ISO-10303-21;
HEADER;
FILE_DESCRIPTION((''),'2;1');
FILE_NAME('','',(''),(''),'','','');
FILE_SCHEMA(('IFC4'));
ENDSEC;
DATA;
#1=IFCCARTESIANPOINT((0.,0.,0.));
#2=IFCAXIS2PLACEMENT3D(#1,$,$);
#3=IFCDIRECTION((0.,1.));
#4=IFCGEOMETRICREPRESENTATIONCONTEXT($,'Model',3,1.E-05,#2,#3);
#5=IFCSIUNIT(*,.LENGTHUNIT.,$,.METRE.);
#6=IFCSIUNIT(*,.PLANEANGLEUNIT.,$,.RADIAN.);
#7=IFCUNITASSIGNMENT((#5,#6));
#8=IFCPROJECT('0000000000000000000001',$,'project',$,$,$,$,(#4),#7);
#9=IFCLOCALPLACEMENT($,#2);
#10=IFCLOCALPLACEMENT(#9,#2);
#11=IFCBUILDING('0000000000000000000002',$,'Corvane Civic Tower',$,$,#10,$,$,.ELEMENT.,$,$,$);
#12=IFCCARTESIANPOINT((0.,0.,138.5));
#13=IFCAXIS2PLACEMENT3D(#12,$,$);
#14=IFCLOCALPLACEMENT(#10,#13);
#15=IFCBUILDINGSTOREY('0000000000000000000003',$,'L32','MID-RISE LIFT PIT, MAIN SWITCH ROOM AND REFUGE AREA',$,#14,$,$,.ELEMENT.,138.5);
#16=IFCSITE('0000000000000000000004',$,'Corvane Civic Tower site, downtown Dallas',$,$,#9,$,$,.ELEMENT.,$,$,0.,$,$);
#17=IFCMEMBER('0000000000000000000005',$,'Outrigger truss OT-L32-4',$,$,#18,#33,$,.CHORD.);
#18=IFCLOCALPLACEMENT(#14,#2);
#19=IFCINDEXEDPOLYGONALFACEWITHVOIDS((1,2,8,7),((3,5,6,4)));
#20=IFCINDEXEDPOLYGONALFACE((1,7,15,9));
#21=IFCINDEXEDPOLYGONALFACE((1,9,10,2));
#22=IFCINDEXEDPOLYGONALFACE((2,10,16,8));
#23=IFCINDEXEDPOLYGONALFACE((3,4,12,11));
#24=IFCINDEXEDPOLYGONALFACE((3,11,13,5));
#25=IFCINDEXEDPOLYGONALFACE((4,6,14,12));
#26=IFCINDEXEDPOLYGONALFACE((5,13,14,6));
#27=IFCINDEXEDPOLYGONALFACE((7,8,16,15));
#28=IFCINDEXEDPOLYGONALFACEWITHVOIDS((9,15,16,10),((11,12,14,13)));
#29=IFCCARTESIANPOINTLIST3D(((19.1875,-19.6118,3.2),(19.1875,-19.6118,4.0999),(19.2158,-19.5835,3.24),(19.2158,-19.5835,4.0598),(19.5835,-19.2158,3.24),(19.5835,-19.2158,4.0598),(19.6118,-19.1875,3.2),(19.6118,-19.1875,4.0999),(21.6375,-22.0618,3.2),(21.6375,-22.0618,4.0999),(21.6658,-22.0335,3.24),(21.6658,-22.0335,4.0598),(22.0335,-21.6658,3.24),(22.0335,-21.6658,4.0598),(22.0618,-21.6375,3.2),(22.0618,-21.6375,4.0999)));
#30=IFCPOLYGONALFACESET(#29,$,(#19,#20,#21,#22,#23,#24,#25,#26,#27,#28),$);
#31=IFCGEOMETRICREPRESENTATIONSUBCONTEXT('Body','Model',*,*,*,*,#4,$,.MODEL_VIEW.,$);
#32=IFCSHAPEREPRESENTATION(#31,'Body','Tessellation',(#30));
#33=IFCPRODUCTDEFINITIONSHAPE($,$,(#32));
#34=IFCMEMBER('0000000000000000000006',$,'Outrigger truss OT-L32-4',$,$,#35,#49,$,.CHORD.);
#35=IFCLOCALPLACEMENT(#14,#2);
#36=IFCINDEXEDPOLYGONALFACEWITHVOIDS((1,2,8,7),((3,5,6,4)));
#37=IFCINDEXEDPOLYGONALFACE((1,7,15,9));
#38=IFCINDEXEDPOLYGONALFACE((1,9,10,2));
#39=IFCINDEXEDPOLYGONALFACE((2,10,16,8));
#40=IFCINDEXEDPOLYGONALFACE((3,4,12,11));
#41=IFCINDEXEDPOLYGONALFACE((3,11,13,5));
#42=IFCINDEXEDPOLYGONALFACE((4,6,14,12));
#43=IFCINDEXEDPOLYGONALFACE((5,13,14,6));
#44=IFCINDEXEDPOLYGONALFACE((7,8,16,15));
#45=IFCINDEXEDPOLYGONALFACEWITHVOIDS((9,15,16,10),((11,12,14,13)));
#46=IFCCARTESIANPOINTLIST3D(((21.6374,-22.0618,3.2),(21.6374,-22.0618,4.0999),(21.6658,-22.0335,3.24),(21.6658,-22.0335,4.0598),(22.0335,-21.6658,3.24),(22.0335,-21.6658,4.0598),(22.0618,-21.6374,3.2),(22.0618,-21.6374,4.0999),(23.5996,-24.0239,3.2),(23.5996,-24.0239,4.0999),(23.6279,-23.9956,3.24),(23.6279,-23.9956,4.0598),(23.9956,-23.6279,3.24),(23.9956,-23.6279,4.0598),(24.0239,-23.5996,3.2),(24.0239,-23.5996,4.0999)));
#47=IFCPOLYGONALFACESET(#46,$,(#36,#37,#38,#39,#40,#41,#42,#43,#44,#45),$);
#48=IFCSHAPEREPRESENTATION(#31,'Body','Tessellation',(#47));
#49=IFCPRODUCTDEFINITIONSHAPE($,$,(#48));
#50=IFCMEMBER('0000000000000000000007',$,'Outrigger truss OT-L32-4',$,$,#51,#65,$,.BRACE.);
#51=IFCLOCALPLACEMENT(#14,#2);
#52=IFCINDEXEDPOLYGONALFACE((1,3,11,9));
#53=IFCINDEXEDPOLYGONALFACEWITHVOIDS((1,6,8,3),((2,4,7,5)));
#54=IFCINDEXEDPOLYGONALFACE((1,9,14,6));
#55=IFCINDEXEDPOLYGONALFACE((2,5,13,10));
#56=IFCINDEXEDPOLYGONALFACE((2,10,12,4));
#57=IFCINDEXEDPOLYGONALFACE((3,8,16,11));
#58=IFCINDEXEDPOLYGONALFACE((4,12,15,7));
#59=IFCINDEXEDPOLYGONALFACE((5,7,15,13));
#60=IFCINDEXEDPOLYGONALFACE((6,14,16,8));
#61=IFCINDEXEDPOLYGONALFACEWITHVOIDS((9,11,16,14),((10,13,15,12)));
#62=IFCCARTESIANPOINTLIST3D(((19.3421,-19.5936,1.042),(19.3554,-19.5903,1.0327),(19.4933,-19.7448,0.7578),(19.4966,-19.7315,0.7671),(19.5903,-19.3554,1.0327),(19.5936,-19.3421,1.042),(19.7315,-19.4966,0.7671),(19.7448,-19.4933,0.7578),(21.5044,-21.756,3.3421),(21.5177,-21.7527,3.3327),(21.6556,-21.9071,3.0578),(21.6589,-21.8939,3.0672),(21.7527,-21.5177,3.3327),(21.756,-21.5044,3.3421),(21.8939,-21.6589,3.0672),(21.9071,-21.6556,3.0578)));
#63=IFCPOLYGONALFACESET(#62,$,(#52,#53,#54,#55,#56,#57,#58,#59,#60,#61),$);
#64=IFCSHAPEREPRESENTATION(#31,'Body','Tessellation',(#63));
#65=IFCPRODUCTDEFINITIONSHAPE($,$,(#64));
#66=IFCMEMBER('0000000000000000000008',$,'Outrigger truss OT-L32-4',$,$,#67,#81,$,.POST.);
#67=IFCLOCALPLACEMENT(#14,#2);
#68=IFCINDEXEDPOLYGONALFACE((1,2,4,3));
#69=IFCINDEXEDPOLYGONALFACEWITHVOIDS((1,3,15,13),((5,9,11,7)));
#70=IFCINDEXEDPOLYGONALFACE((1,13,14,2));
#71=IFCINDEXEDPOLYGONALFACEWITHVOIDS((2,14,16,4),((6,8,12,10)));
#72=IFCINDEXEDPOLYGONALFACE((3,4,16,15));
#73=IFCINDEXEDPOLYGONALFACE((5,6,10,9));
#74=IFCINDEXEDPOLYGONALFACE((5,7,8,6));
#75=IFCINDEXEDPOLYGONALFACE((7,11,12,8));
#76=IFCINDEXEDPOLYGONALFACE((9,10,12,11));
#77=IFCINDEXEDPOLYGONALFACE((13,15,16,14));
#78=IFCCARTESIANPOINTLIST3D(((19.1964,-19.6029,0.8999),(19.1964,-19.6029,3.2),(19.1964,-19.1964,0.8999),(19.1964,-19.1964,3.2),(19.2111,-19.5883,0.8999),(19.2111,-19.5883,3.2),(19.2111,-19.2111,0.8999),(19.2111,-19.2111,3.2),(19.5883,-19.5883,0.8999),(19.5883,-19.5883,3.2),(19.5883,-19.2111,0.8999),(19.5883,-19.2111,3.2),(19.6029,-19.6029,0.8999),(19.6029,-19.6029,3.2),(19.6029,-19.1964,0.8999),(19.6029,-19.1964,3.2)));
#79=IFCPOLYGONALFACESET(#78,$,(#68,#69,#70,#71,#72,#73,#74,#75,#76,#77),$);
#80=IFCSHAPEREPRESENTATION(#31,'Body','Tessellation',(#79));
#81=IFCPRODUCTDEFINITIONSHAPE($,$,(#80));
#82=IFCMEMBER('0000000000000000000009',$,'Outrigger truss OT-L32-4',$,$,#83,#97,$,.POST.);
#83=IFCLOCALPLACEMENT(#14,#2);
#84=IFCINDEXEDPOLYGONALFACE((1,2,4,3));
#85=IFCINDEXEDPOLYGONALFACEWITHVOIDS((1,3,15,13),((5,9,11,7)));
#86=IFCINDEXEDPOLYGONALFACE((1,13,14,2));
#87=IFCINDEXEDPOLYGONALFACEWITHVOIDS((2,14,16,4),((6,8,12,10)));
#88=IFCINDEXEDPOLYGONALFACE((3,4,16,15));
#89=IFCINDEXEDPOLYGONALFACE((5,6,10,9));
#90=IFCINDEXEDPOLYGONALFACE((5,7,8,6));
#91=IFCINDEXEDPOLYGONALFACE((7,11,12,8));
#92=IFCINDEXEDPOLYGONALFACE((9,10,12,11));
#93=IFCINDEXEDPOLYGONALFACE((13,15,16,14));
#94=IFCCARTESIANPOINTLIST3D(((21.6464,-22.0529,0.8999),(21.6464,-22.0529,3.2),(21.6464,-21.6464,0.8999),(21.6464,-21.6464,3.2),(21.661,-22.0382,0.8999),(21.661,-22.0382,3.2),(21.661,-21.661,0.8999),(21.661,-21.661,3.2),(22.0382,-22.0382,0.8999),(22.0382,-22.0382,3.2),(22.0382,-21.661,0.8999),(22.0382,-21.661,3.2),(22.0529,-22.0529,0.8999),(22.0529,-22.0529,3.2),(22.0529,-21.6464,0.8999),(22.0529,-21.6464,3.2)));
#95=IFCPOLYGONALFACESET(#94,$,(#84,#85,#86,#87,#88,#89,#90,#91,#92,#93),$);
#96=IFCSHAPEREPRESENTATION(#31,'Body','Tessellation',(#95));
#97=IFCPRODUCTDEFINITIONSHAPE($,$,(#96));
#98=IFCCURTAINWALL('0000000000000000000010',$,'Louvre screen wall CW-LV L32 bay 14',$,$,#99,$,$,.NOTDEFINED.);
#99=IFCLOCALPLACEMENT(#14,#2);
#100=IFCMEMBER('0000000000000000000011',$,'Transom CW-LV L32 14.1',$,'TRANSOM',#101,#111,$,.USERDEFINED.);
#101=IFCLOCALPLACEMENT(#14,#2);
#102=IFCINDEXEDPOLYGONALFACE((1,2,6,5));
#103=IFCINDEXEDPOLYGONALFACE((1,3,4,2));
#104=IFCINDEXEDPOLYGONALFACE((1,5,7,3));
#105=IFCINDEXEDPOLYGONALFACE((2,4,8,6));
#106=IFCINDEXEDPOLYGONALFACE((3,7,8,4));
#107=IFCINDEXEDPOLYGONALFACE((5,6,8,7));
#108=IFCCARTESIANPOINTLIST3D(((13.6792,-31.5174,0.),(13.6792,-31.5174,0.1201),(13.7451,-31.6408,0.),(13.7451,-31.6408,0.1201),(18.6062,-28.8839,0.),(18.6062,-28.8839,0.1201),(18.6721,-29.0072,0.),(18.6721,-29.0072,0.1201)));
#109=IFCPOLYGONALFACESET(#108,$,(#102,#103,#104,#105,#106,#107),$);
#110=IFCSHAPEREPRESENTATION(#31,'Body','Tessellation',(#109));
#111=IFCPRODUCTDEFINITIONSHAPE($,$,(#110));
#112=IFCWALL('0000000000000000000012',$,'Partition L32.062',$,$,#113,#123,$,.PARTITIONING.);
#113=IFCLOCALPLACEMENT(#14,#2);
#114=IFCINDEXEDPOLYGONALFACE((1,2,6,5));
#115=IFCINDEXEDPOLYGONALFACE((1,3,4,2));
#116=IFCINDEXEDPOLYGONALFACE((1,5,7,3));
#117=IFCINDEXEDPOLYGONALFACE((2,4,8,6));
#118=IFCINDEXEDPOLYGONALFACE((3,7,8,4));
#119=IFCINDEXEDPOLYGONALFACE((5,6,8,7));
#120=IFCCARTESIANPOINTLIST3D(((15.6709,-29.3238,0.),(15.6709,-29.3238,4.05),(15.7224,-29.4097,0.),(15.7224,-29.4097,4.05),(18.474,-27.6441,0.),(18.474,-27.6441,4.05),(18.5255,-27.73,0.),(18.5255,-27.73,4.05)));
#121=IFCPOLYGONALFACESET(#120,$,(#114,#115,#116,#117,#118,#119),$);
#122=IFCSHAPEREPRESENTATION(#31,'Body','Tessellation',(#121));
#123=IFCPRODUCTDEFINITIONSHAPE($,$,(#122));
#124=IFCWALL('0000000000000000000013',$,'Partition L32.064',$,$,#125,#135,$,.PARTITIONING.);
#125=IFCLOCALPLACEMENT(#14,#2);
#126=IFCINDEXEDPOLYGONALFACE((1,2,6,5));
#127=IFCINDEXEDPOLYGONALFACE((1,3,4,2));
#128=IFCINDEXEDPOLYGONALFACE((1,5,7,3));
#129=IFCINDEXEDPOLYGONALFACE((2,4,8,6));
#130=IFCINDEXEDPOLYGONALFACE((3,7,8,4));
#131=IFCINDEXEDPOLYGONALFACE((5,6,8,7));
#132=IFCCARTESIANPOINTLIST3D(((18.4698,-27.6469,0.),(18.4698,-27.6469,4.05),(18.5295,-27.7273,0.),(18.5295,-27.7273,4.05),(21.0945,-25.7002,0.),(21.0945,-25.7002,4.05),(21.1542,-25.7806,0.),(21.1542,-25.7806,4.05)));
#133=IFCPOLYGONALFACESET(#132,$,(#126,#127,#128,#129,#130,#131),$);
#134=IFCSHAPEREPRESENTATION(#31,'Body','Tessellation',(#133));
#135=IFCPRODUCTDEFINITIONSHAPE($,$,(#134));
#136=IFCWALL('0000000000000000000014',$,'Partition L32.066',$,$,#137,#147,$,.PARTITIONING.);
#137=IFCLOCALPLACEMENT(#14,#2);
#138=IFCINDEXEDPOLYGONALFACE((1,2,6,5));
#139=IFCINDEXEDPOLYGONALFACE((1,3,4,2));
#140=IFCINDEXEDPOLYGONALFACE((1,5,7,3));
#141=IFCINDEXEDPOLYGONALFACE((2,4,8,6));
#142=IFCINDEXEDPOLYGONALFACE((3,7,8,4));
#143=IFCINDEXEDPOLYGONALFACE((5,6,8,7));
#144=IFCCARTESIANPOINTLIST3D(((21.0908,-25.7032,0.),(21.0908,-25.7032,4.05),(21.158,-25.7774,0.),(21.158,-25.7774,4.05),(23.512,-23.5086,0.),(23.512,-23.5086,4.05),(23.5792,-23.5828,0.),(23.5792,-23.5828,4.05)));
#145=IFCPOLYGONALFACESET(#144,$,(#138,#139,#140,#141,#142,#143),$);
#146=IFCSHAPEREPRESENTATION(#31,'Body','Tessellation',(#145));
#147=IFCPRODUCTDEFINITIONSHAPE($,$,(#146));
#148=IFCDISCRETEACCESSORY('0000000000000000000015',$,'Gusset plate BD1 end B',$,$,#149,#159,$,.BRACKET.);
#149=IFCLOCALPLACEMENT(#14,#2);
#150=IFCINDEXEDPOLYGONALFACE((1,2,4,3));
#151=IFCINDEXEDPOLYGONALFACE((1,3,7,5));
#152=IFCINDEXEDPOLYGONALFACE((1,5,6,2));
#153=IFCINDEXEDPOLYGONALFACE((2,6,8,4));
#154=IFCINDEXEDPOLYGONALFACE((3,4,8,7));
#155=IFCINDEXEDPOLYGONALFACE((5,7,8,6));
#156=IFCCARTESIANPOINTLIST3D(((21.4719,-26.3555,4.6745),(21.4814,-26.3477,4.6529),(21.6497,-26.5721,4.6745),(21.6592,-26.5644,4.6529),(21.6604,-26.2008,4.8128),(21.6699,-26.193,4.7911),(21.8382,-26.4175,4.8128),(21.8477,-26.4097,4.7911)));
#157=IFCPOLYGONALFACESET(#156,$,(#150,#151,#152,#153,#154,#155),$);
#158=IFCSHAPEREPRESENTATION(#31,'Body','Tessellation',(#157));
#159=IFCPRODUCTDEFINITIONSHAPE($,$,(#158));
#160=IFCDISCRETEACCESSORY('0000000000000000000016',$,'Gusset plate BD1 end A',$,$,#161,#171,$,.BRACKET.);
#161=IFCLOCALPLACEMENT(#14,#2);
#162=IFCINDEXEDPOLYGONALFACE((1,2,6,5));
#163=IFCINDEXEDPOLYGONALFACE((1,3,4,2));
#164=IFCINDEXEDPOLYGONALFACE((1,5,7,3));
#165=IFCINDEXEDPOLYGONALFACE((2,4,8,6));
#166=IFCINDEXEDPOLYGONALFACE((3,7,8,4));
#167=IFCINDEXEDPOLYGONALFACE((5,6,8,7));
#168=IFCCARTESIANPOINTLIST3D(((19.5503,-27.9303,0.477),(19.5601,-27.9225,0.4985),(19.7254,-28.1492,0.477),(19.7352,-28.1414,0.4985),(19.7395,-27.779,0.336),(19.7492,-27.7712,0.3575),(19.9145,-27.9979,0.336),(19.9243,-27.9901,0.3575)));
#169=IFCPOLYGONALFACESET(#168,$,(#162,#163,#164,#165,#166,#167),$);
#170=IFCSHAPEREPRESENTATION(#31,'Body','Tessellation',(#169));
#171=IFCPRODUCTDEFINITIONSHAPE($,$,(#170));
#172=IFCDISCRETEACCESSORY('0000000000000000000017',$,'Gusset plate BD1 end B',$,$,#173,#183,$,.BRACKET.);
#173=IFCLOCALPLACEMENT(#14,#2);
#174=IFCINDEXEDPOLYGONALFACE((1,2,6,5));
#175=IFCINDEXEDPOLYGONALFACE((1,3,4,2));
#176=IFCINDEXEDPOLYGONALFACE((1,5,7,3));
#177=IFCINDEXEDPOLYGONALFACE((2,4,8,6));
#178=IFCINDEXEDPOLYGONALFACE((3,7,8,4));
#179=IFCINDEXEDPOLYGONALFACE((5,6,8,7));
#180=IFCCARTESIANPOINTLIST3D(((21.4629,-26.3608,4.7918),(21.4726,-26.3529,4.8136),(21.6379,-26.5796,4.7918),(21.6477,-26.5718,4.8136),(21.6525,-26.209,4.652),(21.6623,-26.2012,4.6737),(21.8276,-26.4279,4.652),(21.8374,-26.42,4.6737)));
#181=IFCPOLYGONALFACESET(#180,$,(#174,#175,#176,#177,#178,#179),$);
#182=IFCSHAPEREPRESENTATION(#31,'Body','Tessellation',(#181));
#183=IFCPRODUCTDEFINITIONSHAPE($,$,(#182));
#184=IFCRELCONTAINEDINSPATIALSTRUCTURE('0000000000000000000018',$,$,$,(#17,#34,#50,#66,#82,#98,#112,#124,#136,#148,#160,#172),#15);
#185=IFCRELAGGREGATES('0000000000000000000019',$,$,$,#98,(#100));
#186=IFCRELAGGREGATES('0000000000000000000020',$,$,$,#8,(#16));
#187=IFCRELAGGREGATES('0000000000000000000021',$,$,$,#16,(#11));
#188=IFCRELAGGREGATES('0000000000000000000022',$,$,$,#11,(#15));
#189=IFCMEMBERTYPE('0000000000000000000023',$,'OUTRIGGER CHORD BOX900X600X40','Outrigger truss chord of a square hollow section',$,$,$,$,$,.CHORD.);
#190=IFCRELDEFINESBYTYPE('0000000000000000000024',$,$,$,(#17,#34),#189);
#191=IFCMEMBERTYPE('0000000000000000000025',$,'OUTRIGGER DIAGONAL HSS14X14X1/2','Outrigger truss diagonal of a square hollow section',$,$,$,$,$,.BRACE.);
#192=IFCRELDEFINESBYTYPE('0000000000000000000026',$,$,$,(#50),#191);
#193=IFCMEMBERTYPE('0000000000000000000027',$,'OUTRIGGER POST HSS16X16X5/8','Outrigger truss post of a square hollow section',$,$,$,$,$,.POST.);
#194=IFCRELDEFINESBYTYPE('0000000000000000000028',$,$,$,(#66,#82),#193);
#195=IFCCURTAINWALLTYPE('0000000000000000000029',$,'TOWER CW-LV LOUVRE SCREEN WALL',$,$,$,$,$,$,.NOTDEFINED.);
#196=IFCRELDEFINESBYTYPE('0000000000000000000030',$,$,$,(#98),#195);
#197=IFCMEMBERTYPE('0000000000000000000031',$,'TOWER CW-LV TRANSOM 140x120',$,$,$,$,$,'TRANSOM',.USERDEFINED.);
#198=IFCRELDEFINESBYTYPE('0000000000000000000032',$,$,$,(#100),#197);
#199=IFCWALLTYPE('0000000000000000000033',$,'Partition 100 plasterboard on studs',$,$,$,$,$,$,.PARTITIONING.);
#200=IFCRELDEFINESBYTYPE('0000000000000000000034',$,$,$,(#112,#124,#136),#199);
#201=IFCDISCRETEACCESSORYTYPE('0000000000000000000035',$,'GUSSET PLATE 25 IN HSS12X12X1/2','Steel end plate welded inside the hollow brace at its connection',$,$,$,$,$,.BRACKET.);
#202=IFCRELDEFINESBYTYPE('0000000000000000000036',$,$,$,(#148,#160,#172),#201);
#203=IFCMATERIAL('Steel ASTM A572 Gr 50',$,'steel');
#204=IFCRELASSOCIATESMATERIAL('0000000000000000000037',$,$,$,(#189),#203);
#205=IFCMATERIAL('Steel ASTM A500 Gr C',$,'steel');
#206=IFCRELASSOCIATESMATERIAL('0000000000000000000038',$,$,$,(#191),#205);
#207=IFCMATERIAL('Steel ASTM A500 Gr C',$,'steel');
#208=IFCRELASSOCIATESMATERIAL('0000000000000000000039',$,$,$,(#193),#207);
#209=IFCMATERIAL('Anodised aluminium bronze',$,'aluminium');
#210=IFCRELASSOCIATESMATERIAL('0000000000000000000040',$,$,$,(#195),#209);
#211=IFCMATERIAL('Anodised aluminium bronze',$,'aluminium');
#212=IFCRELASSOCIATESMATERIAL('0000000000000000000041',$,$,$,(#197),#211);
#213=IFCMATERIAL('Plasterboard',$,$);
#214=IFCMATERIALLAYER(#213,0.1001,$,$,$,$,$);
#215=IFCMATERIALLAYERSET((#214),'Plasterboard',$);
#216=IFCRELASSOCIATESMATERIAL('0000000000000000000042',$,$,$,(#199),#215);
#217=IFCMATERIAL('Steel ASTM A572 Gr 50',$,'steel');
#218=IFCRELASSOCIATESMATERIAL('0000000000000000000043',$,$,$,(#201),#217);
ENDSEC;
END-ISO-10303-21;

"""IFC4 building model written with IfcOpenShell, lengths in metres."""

from ifc_helpers import new_model, si_unit, direction, frame, frame_2d, origin, origin_2d, place, context, subcontext, project, spatial, rectangle, hollow_rectangle, extrude, material, layer, layer_set, material_profile, profile_set, type_object, element, aggregate, save


model = new_model("IFC4")

# Units and contexts
model_context = context("Model", 3, precision=1e-05, world=origin(), true_north=direction((0.0, 1.0)))
body_context = subcontext(model_context, "Body", "Model", "MODEL_VIEW")
ifc_project = project(units=[si_unit("LENGTHUNIT", "METRE"), si_unit("PLANEANGLEUNIT", "RADIAN")], contexts=[model_context])

# Site, building, storey
site_placement = place(None, origin())
site = spatial("IfcSite", under=ifc_project, at=site_placement, Name="Corvane Civic Tower site, downtown Dallas", CompositionType="ELEMENT", RefElevation=0.0)
building_placement = place(site_placement, origin())
building = spatial("IfcBuilding", under=site, at=building_placement, Name="Corvane Civic Tower", CompositionType="ELEMENT")
storey_placement = place(building_placement, frame((0.0, 0.0, 138.5)))
storey = spatial("IfcBuildingStorey", under=building, at=storey_placement, Name="L32", Description="MID-RISE LIFT PIT, MAIN SWITCH ROOM AND REFUGE AREA", CompositionType="ELEMENT", Elevation=138.5)

# Members
ifc_material_1 = material(Name="Steel ASTM A572 Gr 50", Category="steel")
ifc_material_profile_1 = material_profile(ifc_material_1, hollow_rectangle(XDim=0.6001, YDim=0.8999, WallThickness=0.04, at=origin_2d()), Name="BOX900X600X40")
ifc_profile_set_1 = profile_set([ifc_material_profile_1], Name="Steel ASTM A572 Gr 50")
member_type_1 = type_object("IfcMemberType", Name="OUTRIGGER CHORD BOX900X600X40", Description="Outrigger truss chord of a square hollow section", PredefinedType="CHORD", material=ifc_profile_set_1)
member_1_placement = place(storey_placement, frame((19.3997, -19.3997, 3.6499), z_axis=(0.707107, -0.707107, 0.0), x_axis=(0.707107, 0.707107, 0.0)))
element("IfcMember", 1, at=member_1_placement, inside=storey, type_object=member_type_1, Name="Outrigger truss OT-L32-4", PredefinedType="CHORD", context=body_context, shape_type="SweptSolid", body=[
    extrude(hollow_rectangle(XDim=0.6001, YDim=0.8999, WallThickness=0.04, at=origin_2d()), origin(), (0.0, 0.0, 1.0), 3.4648),
])
member_2_placement = place(storey_placement, frame((21.8496, -21.8496, 3.6499), z_axis=(0.707107, -0.707107, 0.0), x_axis=(0.707107, 0.707107, 0.0)))
element("IfcMember", 2, at=member_2_placement, inside=storey, type_object=member_type_1, Name="Outrigger truss OT-L32-4", PredefinedType="CHORD", context=body_context, shape_type="SweptSolid", body=[
    extrude(hollow_rectangle(XDim=0.6001, YDim=0.8999, WallThickness=0.04, at=origin_2d()), origin(), (0.0, 0.0, 1.0), 2.7749),
])
ifc_material_2 = material(Name="Steel ASTM A500 Gr C", Category="steel")
ifc_material_profile_2 = material_profile(ifc_material_2, hollow_rectangle(XDim=0.3557, YDim=0.3557, WallThickness=0.0117, at=origin_2d()), Name="HSS14X14X1/2")
ifc_profile_set_2 = profile_set([ifc_material_profile_2], Name="Steel ASTM A500 Gr C")
member_type_2 = type_object("IfcMemberType", Name="OUTRIGGER DIAGONAL HSS14X14X1/2", Description="Outrigger truss diagonal of a square hollow section", PredefinedType="BRACE", material=ifc_profile_set_2)
member_3_placement = place(storey_placement, frame((19.5435, -19.5435, 0.8999), z_axis=(0.565106, -0.565106, 0.601091), x_axis=(0.707107, 0.707107, 0.0)))
element("IfcMember", 3, at=member_3_placement, inside=storey, type_object=member_type_2, Name="Outrigger truss OT-L32-4", PredefinedType="BRACE", context=body_context, shape_type="SweptSolid", body=[
    extrude(hollow_rectangle(XDim=0.3557, YDim=0.3557, WallThickness=0.0117, at=origin_2d()), origin(), (0.0, 0.0, 1.0), 3.8264),
])
ifc_material_3 = material(Name="Steel ASTM A500 Gr C", Category="steel")
ifc_material_profile_3 = material_profile(ifc_material_3, hollow_rectangle(XDim=0.4065, YDim=0.4065, WallThickness=0.0146, at=origin_2d()), Name="HSS16X16X5/8")
ifc_profile_set_3 = profile_set([ifc_material_profile_3], Name="Steel ASTM A500 Gr C")
member_type_3 = type_object("IfcMemberType", Name="OUTRIGGER POST HSS16X16X5/8", Description="Outrigger truss post of a square hollow section", PredefinedType="POST", material=ifc_profile_set_3)
for number, where, z_axis, x_axis, name in (
    (4, (19.3997, -19.3997, 0.8999), (0.0, 0.0, 1.0), (1.0, 0.0, 0.0), "Outrigger truss OT-L32-4"),
    (5, (21.8496, -21.8496, 0.8999), (0.0, 0.0, 1.0), (1.0, 0.0, 0.0), "Outrigger truss OT-L32-4"),
):
    element("IfcMember", number, at=place(storey_placement, frame(where, z_axis=z_axis, x_axis=x_axis)), inside=storey, type_object=member_type_3, Name=name, PredefinedType="POST", context=body_context, shape_type="SweptSolid", body=[
        extrude(hollow_rectangle(XDim=0.4065, YDim=0.4065, WallThickness=0.0146, at=origin_2d()), origin(), (0.0, 0.0, 1.0), 2.3),
    ])

# Curtain wall, member
ifc_material_4 = material(Name="Anodised aluminium bronze", Category="aluminium")
curtain_wall_type = type_object("IfcCurtainWallType", Name="TOWER CW-LV LOUVRE SCREEN WALL", PredefinedType="NOTDEFINED", material=ifc_material_4)
curtain_wall_placement = place(storey_placement, origin())
curtain_wall = element("IfcCurtainWall", 6, at=curtain_wall_placement, inside=storey, type_object=curtain_wall_type, Name="Louvre screen wall CW-LV L32 bay 14", PredefinedType="NOTDEFINED")
ifc_material_5 = material(Name="Anodised aluminium bronze", Category="aluminium")
ifc_material_profile_4 = material_profile(ifc_material_5, rectangle(XDim=0.1399, YDim=0.1201, at=origin_2d()), Name="TOWER CW-LV TRANSOM 140x120")
ifc_profile_set_4 = profile_set([ifc_material_profile_4], Name="Anodised aluminium bronze")
member_type_4 = type_object("IfcMemberType", Name="TOWER CW-LV TRANSOM 140x120", ElementType="TRANSOM", PredefinedType="USERDEFINED", material=ifc_profile_set_4)
member_4_placement = place(storey_placement, frame((18.6392, -28.9456, 0.0601), z_axis=(-0.881921, -0.471398, 0.0), x_axis=(0.471398, -0.881921, 0.0)))
member_4 = element("IfcMember", 7, at=member_4_placement, type_object=member_type_4, Name="Transom CW-LV L32 14.1", ObjectType="TRANSOM", PredefinedType="USERDEFINED", context=body_context, shape_type="SweptSolid", body=[
    extrude(rectangle(XDim=0.1399, YDim=0.1201, at=origin_2d()), origin(), (0.0, 0.0, 1.0), 5.5867),
])

# Walls
ifc_material_6 = material(Name="Plasterboard")
ifc_layer = layer(ifc_material_6, 0.1001)
ifc_layer_set = layer_set([ifc_layer], Name="Plasterboard")
wall_type = type_object("IfcWallType", Name="Partition 100 plasterboard on studs", PredefinedType="PARTITIONING", material=ifc_layer_set)
for number, where, z_axis, x_axis, name in (
    (8, (15.6968, -29.3667, 0.0), (0.0, 0.0, 1.0), (0.857776, 0.514023, 0.0), "Partition L32.062"),
    (9, (18.4998, -27.687, 0.0), (0.0, 0.0, 1.0), (0.803189, 0.595724, 0.0), "Partition L32.064"),
    (10, (21.1245, -25.7402, 0.0), (0.0, 0.0, 1.0), (0.740923, 0.67159, 0.0), "Partition L32.066"),
):
    element("IfcWall", number, at=place(storey_placement, frame(where, z_axis=z_axis, x_axis=x_axis)), inside=storey, type_object=wall_type, Name=name, PredefinedType="PARTITIONING", context=body_context, shape_type="SweptSolid", body=[
        extrude(rectangle(XDim=3.2678, YDim=0.1001, at=frame_2d((1.6338, 0.0))), origin(), (0.0, 0.0, 1.0), 4.05),
    ])

aggregate(curtain_wall, [member_4])

# Discrete accessories
ifc_material_7 = material(Name="Steel ASTM A572 Gr 50", Category="steel")
ifc_material_profile_5 = material_profile(ifc_material_7, rectangle(XDim=0.2803, YDim=0.2803, at=origin_2d()), Name="GUSSET PLATE 25 IN HSS12X12X1/2")
ifc_profile_set_5 = profile_set([ifc_material_profile_5], Name="Steel ASTM A572 Gr 50")
discrete_accessory_type_1 = type_object("IfcDiscreteAccessoryType", Name="GUSSET PLATE 25 IN HSS12X12X1/2", Description="Steel end plate welded inside the hollow brace at its connection", PredefinedType="BRACKET", material=ifc_profile_set_5)
for number, where, z_axis, x_axis, name in (
    (11, (21.655, -26.3865, 4.7437), (0.381219, 0.312795, -0.869961), (-0.634317, 0.773073, 0.0), "Gusset plate BD1 end B"),
    (12, (19.7324, -27.9641, 0.4065), (0.392837, 0.31427, 0.864242), (-0.624695, 0.780869, 0.0), "Gusset plate BD1 end A"),
):
    element("IfcDiscreteAccessory", number, at=place(storey_placement, frame(where, z_axis=z_axis, x_axis=x_axis)), inside=storey, type_object=discrete_accessory_type_1, Name=name, PredefinedType="BRACKET", context=body_context, shape_type="SweptSolid", body=[
        extrude(rectangle(XDim=0.2803, YDim=0.2803, at=origin_2d()), origin(), (0.0, 0.0, 1.0), 0.0249),
    ])
discrete_accessory_1_placement = place(storey_placement, frame((21.655, -26.3865, 4.7437), z_axis=(-0.389526, -0.311621, -0.866696), x_axis=(0.624695, -0.780869, 0.0)))
element("IfcDiscreteAccessory", 13, at=discrete_accessory_1_placement, inside=storey, type_object=discrete_accessory_type_1, Name="Gusset plate BD1 end B", PredefinedType="BRACKET", context=body_context, shape_type="SweptSolid", body=[
    extrude(rectangle(XDim=0.2803, YDim=0.2803, at=origin_2d()), origin(), (0.0, 0.0, 1.0), 0.0251),
])

save(model, "model.ifc")
